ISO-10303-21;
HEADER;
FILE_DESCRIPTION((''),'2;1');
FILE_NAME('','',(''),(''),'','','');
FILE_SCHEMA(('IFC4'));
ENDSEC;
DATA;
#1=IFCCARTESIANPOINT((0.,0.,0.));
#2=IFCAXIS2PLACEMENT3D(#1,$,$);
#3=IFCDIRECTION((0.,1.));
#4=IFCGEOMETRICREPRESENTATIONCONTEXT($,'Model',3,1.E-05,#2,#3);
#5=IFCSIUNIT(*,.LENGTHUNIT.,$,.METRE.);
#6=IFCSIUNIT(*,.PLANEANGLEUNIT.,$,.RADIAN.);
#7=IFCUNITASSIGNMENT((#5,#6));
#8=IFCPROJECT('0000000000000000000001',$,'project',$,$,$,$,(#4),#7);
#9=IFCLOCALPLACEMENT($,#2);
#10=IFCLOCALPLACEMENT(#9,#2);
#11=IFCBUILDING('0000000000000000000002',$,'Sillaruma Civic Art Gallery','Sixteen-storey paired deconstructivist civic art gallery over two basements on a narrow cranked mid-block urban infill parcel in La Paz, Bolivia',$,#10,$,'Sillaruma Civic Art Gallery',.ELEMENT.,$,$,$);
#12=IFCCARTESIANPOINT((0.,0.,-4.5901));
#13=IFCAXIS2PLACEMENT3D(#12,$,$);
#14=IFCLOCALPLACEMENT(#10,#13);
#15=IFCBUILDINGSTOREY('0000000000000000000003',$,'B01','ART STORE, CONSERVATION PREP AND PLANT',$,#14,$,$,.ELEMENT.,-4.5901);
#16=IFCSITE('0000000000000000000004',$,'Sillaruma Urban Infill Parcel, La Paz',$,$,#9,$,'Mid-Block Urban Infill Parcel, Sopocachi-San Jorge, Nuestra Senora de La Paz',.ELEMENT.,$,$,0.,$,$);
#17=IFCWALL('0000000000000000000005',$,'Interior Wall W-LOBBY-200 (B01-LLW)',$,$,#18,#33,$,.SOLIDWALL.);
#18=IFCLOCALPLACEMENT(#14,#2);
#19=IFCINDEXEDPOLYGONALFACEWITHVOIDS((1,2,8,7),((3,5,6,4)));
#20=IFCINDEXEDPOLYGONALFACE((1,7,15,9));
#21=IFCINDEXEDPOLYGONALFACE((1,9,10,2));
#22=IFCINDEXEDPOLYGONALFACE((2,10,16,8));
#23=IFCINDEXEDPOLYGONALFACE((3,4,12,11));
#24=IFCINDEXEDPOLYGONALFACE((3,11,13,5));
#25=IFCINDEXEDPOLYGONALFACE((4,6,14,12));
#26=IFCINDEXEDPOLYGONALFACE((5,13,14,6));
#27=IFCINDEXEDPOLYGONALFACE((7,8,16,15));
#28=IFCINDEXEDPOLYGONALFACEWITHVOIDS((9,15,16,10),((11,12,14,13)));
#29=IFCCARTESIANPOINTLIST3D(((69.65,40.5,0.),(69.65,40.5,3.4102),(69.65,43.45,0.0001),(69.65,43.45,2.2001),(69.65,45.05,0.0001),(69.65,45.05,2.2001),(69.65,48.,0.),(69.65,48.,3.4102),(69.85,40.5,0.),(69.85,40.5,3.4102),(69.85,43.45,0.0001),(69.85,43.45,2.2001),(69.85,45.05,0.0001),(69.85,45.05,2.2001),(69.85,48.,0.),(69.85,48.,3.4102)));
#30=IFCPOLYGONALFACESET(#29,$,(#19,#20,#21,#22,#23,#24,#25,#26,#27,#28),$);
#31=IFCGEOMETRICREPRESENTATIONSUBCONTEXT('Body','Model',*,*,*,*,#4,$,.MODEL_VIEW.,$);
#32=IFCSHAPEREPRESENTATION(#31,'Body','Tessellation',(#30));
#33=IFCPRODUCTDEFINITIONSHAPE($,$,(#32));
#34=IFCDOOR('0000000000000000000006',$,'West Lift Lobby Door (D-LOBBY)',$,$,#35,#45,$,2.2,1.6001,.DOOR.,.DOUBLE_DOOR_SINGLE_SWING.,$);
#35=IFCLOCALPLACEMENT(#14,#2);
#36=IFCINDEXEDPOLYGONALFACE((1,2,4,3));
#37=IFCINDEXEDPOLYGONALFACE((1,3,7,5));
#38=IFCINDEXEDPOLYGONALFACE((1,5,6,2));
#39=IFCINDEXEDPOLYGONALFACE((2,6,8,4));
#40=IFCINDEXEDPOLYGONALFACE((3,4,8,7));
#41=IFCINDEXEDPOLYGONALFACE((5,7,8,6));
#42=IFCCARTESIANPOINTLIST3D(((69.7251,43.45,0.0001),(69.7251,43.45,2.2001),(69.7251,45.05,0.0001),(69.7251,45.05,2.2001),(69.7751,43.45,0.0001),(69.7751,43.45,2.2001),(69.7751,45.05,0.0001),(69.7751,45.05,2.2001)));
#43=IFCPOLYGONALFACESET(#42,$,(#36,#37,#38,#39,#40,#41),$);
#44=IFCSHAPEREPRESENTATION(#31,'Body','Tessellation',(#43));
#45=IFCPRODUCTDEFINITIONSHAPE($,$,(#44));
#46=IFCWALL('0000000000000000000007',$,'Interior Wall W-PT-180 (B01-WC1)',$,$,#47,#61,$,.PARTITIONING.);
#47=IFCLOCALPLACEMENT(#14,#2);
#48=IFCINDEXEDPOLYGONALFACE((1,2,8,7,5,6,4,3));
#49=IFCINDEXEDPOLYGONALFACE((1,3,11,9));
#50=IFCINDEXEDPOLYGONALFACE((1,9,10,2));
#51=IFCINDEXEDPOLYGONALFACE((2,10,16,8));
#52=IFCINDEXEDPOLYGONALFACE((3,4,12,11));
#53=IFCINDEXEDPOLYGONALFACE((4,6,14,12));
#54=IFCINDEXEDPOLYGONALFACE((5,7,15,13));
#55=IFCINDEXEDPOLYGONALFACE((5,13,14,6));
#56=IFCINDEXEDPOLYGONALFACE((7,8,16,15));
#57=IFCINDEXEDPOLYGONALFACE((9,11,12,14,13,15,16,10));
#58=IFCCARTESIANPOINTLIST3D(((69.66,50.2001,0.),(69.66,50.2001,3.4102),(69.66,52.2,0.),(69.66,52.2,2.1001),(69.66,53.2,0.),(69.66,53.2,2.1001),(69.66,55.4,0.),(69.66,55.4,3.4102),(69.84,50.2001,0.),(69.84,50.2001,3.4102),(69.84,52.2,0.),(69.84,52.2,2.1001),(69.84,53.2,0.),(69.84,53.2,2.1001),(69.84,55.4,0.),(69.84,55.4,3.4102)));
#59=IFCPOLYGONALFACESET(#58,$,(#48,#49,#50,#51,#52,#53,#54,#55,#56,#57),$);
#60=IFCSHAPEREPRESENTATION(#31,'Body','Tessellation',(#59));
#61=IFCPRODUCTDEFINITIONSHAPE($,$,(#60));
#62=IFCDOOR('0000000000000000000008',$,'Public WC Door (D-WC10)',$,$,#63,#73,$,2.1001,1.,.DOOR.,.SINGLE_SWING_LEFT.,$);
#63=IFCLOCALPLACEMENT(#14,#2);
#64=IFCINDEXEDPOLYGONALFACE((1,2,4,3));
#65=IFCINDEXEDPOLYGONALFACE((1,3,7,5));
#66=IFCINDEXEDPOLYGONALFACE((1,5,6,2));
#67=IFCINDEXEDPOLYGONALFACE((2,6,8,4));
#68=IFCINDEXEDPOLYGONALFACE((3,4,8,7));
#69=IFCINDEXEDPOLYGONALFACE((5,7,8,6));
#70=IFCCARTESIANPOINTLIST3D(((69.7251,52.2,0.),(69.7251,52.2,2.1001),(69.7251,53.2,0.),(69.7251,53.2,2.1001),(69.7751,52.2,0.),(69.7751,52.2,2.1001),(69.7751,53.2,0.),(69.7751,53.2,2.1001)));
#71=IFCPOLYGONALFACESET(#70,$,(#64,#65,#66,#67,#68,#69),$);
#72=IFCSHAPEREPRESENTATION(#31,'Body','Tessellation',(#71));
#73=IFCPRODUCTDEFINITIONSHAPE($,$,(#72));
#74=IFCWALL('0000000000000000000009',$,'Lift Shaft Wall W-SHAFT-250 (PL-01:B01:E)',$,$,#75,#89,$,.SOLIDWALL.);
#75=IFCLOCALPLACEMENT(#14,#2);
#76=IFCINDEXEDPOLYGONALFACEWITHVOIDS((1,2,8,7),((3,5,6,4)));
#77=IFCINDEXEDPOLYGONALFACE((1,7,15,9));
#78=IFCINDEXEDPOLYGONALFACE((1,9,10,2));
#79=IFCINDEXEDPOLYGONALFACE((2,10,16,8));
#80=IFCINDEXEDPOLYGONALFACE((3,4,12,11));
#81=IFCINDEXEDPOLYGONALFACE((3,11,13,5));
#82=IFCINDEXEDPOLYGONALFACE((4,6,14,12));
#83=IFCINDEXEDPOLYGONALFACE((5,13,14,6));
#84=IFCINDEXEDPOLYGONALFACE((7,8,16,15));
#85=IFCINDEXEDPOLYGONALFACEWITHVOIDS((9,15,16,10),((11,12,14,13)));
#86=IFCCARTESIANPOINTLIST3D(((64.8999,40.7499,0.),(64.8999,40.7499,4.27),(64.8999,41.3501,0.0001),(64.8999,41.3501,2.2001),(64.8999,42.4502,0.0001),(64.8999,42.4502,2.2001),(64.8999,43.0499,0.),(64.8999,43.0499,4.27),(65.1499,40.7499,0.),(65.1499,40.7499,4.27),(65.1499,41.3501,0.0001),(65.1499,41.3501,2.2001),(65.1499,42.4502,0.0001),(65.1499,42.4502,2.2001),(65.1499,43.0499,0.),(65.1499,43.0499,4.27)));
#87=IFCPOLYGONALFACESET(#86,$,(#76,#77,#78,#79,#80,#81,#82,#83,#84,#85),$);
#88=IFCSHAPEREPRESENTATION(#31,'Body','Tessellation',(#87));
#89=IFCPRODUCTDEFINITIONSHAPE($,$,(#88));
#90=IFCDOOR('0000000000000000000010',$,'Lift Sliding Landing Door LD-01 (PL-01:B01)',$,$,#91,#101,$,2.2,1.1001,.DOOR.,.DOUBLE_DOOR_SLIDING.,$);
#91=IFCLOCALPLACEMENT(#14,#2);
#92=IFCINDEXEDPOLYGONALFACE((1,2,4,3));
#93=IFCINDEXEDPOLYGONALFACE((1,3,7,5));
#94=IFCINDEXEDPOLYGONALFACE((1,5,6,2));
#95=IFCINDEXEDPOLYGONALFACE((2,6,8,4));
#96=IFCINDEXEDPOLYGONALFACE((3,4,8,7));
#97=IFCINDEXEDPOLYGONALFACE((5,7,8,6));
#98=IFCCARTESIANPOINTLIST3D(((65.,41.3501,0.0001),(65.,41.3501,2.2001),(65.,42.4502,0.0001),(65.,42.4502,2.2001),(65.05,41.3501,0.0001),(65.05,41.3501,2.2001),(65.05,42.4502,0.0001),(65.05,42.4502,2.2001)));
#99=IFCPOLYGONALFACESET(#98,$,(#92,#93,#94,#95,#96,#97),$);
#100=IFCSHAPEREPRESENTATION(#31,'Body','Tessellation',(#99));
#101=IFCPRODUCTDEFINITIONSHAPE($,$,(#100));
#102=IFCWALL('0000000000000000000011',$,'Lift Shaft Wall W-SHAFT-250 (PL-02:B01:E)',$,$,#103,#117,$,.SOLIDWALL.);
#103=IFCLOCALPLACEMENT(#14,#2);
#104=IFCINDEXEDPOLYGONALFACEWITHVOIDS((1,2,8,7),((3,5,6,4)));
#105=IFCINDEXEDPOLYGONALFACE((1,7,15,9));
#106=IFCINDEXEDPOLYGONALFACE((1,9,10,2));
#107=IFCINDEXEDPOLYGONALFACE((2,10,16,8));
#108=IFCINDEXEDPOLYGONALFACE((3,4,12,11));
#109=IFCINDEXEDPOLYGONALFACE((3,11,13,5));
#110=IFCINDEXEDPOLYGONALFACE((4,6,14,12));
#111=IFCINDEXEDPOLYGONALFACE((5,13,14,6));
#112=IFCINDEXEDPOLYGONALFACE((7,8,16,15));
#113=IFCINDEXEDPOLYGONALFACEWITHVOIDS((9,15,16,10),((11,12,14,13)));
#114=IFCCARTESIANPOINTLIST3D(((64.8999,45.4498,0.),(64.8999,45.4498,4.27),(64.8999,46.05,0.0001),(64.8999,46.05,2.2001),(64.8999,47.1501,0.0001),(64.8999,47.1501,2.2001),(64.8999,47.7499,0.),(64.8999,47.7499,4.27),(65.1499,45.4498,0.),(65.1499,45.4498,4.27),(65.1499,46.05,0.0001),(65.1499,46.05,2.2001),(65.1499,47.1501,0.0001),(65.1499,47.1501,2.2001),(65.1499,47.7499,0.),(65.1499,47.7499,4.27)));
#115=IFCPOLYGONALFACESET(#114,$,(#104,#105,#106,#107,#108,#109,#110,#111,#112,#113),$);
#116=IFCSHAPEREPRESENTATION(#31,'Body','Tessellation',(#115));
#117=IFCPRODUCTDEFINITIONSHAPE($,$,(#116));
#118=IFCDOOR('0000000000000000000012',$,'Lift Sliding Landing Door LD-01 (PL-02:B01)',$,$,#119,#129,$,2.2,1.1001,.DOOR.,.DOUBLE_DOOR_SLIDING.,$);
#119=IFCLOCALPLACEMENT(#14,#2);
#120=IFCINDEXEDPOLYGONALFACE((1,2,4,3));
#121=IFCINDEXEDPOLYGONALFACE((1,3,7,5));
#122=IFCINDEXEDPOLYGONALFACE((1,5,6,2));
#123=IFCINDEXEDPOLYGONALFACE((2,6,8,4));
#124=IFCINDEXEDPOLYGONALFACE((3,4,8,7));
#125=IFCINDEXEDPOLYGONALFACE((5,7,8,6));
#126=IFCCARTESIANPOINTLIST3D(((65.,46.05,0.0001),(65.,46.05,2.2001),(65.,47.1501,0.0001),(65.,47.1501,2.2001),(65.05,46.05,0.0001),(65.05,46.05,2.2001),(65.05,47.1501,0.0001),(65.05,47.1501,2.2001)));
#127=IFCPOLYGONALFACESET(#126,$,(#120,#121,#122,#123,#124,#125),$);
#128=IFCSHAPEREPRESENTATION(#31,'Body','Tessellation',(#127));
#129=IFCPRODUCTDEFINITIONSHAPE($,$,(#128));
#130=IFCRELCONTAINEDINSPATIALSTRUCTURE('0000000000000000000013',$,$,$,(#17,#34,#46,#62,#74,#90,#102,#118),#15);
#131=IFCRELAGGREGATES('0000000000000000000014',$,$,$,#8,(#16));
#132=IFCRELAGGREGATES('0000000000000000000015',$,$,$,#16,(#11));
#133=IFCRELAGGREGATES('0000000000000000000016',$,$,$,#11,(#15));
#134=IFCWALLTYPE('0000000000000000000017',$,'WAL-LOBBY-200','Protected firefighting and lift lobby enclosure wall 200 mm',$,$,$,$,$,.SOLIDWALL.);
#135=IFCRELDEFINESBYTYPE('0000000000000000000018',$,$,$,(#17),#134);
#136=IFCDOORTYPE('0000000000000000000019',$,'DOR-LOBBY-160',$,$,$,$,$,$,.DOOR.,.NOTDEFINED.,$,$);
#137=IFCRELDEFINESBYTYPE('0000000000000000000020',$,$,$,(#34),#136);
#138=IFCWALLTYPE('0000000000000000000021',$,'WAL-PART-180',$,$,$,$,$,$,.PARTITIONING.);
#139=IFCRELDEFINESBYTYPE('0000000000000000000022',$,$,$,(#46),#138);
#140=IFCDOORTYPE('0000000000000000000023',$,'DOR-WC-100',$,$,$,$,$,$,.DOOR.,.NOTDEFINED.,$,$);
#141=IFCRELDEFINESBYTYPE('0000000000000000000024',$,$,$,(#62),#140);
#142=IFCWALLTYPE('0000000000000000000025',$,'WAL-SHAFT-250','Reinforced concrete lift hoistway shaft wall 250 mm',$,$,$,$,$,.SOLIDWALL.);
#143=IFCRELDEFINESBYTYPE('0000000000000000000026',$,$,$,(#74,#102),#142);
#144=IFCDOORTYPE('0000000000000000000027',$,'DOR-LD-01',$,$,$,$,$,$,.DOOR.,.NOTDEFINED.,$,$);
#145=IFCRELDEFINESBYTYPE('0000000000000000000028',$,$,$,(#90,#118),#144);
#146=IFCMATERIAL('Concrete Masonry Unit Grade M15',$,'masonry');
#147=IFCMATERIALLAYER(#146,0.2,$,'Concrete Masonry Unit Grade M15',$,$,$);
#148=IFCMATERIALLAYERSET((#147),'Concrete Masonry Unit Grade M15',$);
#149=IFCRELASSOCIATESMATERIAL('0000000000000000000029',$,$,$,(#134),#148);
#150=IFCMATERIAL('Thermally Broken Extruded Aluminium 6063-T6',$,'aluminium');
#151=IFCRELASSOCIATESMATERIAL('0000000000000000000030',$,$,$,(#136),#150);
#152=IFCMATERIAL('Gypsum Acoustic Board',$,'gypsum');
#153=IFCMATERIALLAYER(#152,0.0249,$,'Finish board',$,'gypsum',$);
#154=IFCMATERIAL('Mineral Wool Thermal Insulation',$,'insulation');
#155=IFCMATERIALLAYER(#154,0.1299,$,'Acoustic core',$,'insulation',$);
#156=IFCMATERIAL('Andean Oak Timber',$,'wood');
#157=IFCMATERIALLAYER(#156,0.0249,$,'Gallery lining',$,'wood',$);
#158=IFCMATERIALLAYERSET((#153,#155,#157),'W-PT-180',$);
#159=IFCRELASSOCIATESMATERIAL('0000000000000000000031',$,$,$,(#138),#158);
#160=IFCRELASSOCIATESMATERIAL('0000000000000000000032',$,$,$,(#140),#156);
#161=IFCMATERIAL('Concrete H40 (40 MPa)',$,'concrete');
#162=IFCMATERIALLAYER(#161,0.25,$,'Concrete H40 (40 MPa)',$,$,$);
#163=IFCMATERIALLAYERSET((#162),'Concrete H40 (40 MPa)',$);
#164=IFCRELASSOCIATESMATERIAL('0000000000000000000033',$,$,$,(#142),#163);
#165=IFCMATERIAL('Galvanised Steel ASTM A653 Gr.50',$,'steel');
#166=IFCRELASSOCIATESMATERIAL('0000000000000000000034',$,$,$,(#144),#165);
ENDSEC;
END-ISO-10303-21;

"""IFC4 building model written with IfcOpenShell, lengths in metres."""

from ifc_helpers import new_model, si_unit, direction, frame, frame_2d, origin, place, context, subcontext, project, spatial, rectangle, extrude, material, layer, layer_set, type_object, element, fill, save


model = new_model("IFC4")

# Units and contexts
model_context = context("Model", 3, precision=1e-05, world=origin(), true_north=direction((0.0, 1.0)))
body_context = subcontext(model_context, "Body", "Model", "MODEL_VIEW")
ifc_project = project(units=[si_unit("LENGTHUNIT", "METRE"), si_unit("PLANEANGLEUNIT", "RADIAN")], contexts=[model_context])

# Site, building, storey
site_placement = place(None, origin())
site = spatial("IfcSite", under=ifc_project, at=site_placement, Name="Sillaruma Urban Infill Parcel, La Paz", LongName="Mid-Block Urban Infill Parcel, Sopocachi-San Jorge, Nuestra Senora de La Paz", CompositionType="ELEMENT", RefElevation=0.0)
building_placement = place(site_placement, origin())
building = spatial("IfcBuilding", under=site, at=building_placement, Name="Sillaruma Civic Art Gallery", Description="Sixteen-storey paired deconstructivist civic art gallery over two basements on a narrow cranked mid-block urban infill parcel in La Paz, Bolivia", LongName="Sillaruma Civic Art Gallery", CompositionType="ELEMENT")
storey_placement = place(building_placement, frame((0.0, 0.0, -4.5901)))
storey = spatial("IfcBuildingStorey", under=building, at=storey_placement, Name="B01", Description="ART STORE, CONSERVATION PREP AND PLANT", CompositionType="ELEMENT", Elevation=-4.5901)

# Shared definitions
ifc_material_1 = material(Name="Concrete H40 (40 MPa)", Category="concrete")

# Shared definitions
ifc_material_2 = material(Name="Concrete Masonry Unit Grade M15", Category="masonry")
ifc_layer_1 = layer(ifc_material_2, 0.2, Name="Concrete Masonry Unit Grade M15")
ifc_layer_set_1 = layer_set([ifc_layer_1], Name="Concrete Masonry Unit Grade M15")
wall_type_1 = type_object("IfcWallType", Name="WAL-LOBBY-200", Description="Protected firefighting and lift lobby enclosure wall 200 mm", PredefinedType="SOLIDWALL", material=ifc_layer_set_1)

# Walls, openings, doors
wall_1_placement = place(storey_placement, frame((69.75, 40.5, 0.0), z_axis=(0.0, 0.0, 1.0), x_axis=(0.0, 1.0, 0.0)))
wall_1 = element("IfcWall", 1, at=wall_1_placement, inside=storey, type_object=wall_type_1, Name="Interior Wall W-LOBBY-200 (B01-LLW)", PredefinedType="SOLIDWALL", context=body_context, shape_type="SweptSolid", body=[
    extrude(rectangle(XDim=7.5, YDim=0.2, at=frame_2d((3.75, 0.0))), origin(), (0.0, 0.0, 1.0), 3.4102),
])
opening_1_placement = place(wall_1_placement, frame((2.95, 0.0, 0.0)))
opening_1 = element("IfcOpeningElement", 2, at=opening_1_placement, cuts=wall_1, PredefinedType="OPENING", context=body_context, shape_type="SweptSolid", body=[
    extrude(rectangle(XDim=1.6001, YDim=2.2, at=frame_2d((0.8, 1.1001))), frame((0.0, 0.1099, 0.0), z_axis=(0.0, -1.0, 0.0), x_axis=(1.0, 0.0, 0.0)), (0.0, 0.0, 1.0), 0.22),
])
ifc_material_3 = material(Name="Thermally Broken Extruded Aluminium 6063-T6", Category="aluminium")
door_type_1 = type_object("IfcDoorType", Name="DOR-LOBBY-160", OperationType="NOTDEFINED", PredefinedType="DOOR", material=ifc_material_3)
door_1_placement = place(opening_1_placement, origin())
door_1 = element("IfcDoor", 3, at=door_1_placement, inside=storey, type_object=door_type_1, Name="West Lift Lobby Door (D-LOBBY)", OperationType="DOUBLE_DOOR_SINGLE_SWING", OverallHeight=2.2, OverallWidth=1.6001, PredefinedType="DOOR", context=body_context, shape_type="SweptSolid", body=[
    extrude(rectangle(XDim=1.6001, YDim=2.2, at=frame_2d((0.8, 1.1001))), frame((0.0, 0.0249, 0.0), z_axis=(0.0, -1.0, 0.0), x_axis=(1.0, 0.0, 0.0)), (0.0, 0.0, 1.0), 0.05),
])
fill(opening_1, door_1)
ifc_material_4 = material(Name="Gypsum Acoustic Board", Category="gypsum")
ifc_material_5 = material(Name="Mineral Wool Thermal Insulation", Category="insulation")
ifc_material_6 = material(Name="Andean Oak Timber", Category="wood")
ifc_layer_2 = layer(ifc_material_4, 0.0249, Name="Finish board", Category="gypsum")
ifc_layer_3 = layer(ifc_material_5, 0.1299, Name="Acoustic core", Category="insulation")
ifc_layer_4 = layer(ifc_material_6, 0.0249, Name="Gallery lining", Category="wood")
ifc_layer_set_2 = layer_set([ifc_layer_2, ifc_layer_3, ifc_layer_4], Name="W-PT-180")
wall_type_2 = type_object("IfcWallType", Name="WAL-PART-180", PredefinedType="PARTITIONING", material=ifc_layer_set_2)
wall_2_placement = place(storey_placement, frame((69.75, 50.2, 0.0), z_axis=(0.0, 0.0, 1.0), x_axis=(0.0, 1.0, 0.0)))
wall_2 = element("IfcWall", 4, at=wall_2_placement, inside=storey, type_object=wall_type_2, Name="Interior Wall W-PT-180 (B01-WC1)", PredefinedType="PARTITIONING", context=body_context, shape_type="SweptSolid", body=[
    extrude(rectangle(XDim=5.2, YDim=0.1799, at=frame_2d((2.6001, 0.0))), origin(), (0.0, 0.0, 1.0), 3.4102),
])
opening_2_placement = place(wall_2_placement, frame((2.0, 0.0, 0.0)))
opening_2 = element("IfcOpeningElement", 5, at=opening_2_placement, cuts=wall_2, PredefinedType="OPENING", context=body_context, shape_type="SweptSolid", body=[
    extrude(rectangle(XDim=1.0, YDim=2.1001, at=frame_2d((0.5, 1.05))), frame((0.0, 0.0999, 0.0), z_axis=(0.0, -1.0, 0.0), x_axis=(1.0, 0.0, 0.0)), (0.0, 0.0, 1.0), 0.2),
])
door_type_2 = type_object("IfcDoorType", Name="DOR-WC-100", OperationType="NOTDEFINED", PredefinedType="DOOR", material=ifc_material_6)
door_2_placement = place(opening_2_placement, origin())
door_2 = element("IfcDoor", 6, at=door_2_placement, inside=storey, type_object=door_type_2, Name="Public WC Door (D-WC10)", OperationType="SINGLE_SWING_LEFT", OverallHeight=2.1001, OverallWidth=1.0, PredefinedType="DOOR", context=body_context, shape_type="SweptSolid", body=[
    extrude(rectangle(XDim=1.0, YDim=2.1001, at=frame_2d((0.5, 1.05))), frame((0.0, 0.0249, 0.0), z_axis=(0.0, -1.0, 0.0), x_axis=(1.0, 0.0, 0.0)), (0.0, 0.0, 1.0), 0.05),
])
fill(opening_2, door_2)
ifc_layer_5 = layer(ifc_material_1, 0.25, Name="Concrete H40 (40 MPa)")
ifc_layer_set_3 = layer_set([ifc_layer_5], Name="Concrete H40 (40 MPa)")
wall_type_3 = type_object("IfcWallType", Name="WAL-SHAFT-250", Description="Reinforced concrete lift hoistway shaft wall 250 mm", PredefinedType="SOLIDWALL", material=ifc_layer_set_3)
wall_3_placement = place(storey_placement, frame((65.0249, 40.75, 0.0), z_axis=(0.0, 0.0, 1.0), x_axis=(0.0, 1.0, 0.0)))
wall_3 = element("IfcWall", 7, at=wall_3_placement, inside=storey, type_object=wall_type_3, Name="Lift Shaft Wall W-SHAFT-250 (PL-01:B01:E)", PredefinedType="SOLIDWALL", context=body_context, shape_type="SweptSolid", body=[
    extrude(rectangle(XDim=2.3, YDim=0.25, at=frame_2d((1.1499, 0.0))), origin(), (0.0, 0.0, 1.0), 4.27),
])
opening_3_placement = place(wall_3_placement, frame((0.6001, 0.0, 0.0)))
opening_3 = element("IfcOpeningElement", 8, at=opening_3_placement, cuts=wall_3, PredefinedType="OPENING", context=body_context, shape_type="SweptSolid", body=[
    extrude(rectangle(XDim=1.1001, YDim=2.2, at=frame_2d((0.55, 1.1001))), frame((0.0, 0.135, 0.0), z_axis=(0.0, -1.0, 0.0), x_axis=(1.0, 0.0, 0.0)), (0.0, 0.0, 1.0), 0.27),
])
ifc_material_7 = material(Name="Galvanised Steel ASTM A653 Gr.50", Category="steel")
door_type_3 = type_object("IfcDoorType", Name="DOR-LD-01", OperationType="NOTDEFINED", PredefinedType="DOOR", material=ifc_material_7)
door_3_placement = place(opening_3_placement, origin())
door_3 = element("IfcDoor", 9, at=door_3_placement, inside=storey, type_object=door_type_3, Name="Lift Sliding Landing Door LD-01 (PL-01:B01)", OperationType="DOUBLE_DOOR_SLIDING", OverallHeight=2.2, OverallWidth=1.1001, PredefinedType="DOOR", context=body_context, shape_type="SweptSolid", body=[
    extrude(rectangle(XDim=1.1001, YDim=2.2, at=frame_2d((0.55, 1.1001))), frame((0.0, 0.0249, 0.0), z_axis=(0.0, -1.0, 0.0), x_axis=(1.0, 0.0, 0.0)), (0.0, 0.0, 1.0), 0.05),
])
fill(opening_3, door_3)
wall_4_placement = place(storey_placement, frame((65.0249, 45.45, 0.0), z_axis=(0.0, 0.0, 1.0), x_axis=(0.0, 1.0, 0.0)))
wall_4 = element("IfcWall", 10, at=wall_4_placement, inside=storey, type_object=wall_type_3, Name="Lift Shaft Wall W-SHAFT-250 (PL-02:B01:E)", PredefinedType="SOLIDWALL", context=body_context, shape_type="SweptSolid", body=[
    extrude(rectangle(XDim=2.3, YDim=0.25, at=frame_2d((1.1499, 0.0))), origin(), (0.0, 0.0, 1.0), 4.27),
])
opening_4_placement = place(wall_4_placement, frame((0.6001, 0.0, 0.0)))
opening_4 = element("IfcOpeningElement", 11, at=opening_4_placement, cuts=wall_4, PredefinedType="OPENING", context=body_context, shape_type="SweptSolid", body=[
    extrude(rectangle(XDim=1.1001, YDim=2.2, at=frame_2d((0.55, 1.1001))), frame((0.0, 0.135, 0.0), z_axis=(0.0, -1.0, 0.0), x_axis=(1.0, 0.0, 0.0)), (0.0, 0.0, 1.0), 0.27),
])
door_4_placement = place(opening_4_placement, origin())
door_4 = element("IfcDoor", 12, at=door_4_placement, inside=storey, type_object=door_type_3, Name="Lift Sliding Landing Door LD-01 (PL-02:B01)", OperationType="DOUBLE_DOOR_SLIDING", OverallHeight=2.2, OverallWidth=1.1001, PredefinedType="DOOR", context=body_context, shape_type="SweptSolid", body=[
    extrude(rectangle(XDim=1.1001, YDim=2.2, at=frame_2d((0.55, 1.1001))), frame((0.0, 0.0249, 0.0), z_axis=(0.0, -1.0, 0.0), x_axis=(1.0, 0.0, 0.0)), (0.0, 0.0, 1.0), 0.05),
])
fill(opening_4, door_4)

save(model, "model.ifc")
